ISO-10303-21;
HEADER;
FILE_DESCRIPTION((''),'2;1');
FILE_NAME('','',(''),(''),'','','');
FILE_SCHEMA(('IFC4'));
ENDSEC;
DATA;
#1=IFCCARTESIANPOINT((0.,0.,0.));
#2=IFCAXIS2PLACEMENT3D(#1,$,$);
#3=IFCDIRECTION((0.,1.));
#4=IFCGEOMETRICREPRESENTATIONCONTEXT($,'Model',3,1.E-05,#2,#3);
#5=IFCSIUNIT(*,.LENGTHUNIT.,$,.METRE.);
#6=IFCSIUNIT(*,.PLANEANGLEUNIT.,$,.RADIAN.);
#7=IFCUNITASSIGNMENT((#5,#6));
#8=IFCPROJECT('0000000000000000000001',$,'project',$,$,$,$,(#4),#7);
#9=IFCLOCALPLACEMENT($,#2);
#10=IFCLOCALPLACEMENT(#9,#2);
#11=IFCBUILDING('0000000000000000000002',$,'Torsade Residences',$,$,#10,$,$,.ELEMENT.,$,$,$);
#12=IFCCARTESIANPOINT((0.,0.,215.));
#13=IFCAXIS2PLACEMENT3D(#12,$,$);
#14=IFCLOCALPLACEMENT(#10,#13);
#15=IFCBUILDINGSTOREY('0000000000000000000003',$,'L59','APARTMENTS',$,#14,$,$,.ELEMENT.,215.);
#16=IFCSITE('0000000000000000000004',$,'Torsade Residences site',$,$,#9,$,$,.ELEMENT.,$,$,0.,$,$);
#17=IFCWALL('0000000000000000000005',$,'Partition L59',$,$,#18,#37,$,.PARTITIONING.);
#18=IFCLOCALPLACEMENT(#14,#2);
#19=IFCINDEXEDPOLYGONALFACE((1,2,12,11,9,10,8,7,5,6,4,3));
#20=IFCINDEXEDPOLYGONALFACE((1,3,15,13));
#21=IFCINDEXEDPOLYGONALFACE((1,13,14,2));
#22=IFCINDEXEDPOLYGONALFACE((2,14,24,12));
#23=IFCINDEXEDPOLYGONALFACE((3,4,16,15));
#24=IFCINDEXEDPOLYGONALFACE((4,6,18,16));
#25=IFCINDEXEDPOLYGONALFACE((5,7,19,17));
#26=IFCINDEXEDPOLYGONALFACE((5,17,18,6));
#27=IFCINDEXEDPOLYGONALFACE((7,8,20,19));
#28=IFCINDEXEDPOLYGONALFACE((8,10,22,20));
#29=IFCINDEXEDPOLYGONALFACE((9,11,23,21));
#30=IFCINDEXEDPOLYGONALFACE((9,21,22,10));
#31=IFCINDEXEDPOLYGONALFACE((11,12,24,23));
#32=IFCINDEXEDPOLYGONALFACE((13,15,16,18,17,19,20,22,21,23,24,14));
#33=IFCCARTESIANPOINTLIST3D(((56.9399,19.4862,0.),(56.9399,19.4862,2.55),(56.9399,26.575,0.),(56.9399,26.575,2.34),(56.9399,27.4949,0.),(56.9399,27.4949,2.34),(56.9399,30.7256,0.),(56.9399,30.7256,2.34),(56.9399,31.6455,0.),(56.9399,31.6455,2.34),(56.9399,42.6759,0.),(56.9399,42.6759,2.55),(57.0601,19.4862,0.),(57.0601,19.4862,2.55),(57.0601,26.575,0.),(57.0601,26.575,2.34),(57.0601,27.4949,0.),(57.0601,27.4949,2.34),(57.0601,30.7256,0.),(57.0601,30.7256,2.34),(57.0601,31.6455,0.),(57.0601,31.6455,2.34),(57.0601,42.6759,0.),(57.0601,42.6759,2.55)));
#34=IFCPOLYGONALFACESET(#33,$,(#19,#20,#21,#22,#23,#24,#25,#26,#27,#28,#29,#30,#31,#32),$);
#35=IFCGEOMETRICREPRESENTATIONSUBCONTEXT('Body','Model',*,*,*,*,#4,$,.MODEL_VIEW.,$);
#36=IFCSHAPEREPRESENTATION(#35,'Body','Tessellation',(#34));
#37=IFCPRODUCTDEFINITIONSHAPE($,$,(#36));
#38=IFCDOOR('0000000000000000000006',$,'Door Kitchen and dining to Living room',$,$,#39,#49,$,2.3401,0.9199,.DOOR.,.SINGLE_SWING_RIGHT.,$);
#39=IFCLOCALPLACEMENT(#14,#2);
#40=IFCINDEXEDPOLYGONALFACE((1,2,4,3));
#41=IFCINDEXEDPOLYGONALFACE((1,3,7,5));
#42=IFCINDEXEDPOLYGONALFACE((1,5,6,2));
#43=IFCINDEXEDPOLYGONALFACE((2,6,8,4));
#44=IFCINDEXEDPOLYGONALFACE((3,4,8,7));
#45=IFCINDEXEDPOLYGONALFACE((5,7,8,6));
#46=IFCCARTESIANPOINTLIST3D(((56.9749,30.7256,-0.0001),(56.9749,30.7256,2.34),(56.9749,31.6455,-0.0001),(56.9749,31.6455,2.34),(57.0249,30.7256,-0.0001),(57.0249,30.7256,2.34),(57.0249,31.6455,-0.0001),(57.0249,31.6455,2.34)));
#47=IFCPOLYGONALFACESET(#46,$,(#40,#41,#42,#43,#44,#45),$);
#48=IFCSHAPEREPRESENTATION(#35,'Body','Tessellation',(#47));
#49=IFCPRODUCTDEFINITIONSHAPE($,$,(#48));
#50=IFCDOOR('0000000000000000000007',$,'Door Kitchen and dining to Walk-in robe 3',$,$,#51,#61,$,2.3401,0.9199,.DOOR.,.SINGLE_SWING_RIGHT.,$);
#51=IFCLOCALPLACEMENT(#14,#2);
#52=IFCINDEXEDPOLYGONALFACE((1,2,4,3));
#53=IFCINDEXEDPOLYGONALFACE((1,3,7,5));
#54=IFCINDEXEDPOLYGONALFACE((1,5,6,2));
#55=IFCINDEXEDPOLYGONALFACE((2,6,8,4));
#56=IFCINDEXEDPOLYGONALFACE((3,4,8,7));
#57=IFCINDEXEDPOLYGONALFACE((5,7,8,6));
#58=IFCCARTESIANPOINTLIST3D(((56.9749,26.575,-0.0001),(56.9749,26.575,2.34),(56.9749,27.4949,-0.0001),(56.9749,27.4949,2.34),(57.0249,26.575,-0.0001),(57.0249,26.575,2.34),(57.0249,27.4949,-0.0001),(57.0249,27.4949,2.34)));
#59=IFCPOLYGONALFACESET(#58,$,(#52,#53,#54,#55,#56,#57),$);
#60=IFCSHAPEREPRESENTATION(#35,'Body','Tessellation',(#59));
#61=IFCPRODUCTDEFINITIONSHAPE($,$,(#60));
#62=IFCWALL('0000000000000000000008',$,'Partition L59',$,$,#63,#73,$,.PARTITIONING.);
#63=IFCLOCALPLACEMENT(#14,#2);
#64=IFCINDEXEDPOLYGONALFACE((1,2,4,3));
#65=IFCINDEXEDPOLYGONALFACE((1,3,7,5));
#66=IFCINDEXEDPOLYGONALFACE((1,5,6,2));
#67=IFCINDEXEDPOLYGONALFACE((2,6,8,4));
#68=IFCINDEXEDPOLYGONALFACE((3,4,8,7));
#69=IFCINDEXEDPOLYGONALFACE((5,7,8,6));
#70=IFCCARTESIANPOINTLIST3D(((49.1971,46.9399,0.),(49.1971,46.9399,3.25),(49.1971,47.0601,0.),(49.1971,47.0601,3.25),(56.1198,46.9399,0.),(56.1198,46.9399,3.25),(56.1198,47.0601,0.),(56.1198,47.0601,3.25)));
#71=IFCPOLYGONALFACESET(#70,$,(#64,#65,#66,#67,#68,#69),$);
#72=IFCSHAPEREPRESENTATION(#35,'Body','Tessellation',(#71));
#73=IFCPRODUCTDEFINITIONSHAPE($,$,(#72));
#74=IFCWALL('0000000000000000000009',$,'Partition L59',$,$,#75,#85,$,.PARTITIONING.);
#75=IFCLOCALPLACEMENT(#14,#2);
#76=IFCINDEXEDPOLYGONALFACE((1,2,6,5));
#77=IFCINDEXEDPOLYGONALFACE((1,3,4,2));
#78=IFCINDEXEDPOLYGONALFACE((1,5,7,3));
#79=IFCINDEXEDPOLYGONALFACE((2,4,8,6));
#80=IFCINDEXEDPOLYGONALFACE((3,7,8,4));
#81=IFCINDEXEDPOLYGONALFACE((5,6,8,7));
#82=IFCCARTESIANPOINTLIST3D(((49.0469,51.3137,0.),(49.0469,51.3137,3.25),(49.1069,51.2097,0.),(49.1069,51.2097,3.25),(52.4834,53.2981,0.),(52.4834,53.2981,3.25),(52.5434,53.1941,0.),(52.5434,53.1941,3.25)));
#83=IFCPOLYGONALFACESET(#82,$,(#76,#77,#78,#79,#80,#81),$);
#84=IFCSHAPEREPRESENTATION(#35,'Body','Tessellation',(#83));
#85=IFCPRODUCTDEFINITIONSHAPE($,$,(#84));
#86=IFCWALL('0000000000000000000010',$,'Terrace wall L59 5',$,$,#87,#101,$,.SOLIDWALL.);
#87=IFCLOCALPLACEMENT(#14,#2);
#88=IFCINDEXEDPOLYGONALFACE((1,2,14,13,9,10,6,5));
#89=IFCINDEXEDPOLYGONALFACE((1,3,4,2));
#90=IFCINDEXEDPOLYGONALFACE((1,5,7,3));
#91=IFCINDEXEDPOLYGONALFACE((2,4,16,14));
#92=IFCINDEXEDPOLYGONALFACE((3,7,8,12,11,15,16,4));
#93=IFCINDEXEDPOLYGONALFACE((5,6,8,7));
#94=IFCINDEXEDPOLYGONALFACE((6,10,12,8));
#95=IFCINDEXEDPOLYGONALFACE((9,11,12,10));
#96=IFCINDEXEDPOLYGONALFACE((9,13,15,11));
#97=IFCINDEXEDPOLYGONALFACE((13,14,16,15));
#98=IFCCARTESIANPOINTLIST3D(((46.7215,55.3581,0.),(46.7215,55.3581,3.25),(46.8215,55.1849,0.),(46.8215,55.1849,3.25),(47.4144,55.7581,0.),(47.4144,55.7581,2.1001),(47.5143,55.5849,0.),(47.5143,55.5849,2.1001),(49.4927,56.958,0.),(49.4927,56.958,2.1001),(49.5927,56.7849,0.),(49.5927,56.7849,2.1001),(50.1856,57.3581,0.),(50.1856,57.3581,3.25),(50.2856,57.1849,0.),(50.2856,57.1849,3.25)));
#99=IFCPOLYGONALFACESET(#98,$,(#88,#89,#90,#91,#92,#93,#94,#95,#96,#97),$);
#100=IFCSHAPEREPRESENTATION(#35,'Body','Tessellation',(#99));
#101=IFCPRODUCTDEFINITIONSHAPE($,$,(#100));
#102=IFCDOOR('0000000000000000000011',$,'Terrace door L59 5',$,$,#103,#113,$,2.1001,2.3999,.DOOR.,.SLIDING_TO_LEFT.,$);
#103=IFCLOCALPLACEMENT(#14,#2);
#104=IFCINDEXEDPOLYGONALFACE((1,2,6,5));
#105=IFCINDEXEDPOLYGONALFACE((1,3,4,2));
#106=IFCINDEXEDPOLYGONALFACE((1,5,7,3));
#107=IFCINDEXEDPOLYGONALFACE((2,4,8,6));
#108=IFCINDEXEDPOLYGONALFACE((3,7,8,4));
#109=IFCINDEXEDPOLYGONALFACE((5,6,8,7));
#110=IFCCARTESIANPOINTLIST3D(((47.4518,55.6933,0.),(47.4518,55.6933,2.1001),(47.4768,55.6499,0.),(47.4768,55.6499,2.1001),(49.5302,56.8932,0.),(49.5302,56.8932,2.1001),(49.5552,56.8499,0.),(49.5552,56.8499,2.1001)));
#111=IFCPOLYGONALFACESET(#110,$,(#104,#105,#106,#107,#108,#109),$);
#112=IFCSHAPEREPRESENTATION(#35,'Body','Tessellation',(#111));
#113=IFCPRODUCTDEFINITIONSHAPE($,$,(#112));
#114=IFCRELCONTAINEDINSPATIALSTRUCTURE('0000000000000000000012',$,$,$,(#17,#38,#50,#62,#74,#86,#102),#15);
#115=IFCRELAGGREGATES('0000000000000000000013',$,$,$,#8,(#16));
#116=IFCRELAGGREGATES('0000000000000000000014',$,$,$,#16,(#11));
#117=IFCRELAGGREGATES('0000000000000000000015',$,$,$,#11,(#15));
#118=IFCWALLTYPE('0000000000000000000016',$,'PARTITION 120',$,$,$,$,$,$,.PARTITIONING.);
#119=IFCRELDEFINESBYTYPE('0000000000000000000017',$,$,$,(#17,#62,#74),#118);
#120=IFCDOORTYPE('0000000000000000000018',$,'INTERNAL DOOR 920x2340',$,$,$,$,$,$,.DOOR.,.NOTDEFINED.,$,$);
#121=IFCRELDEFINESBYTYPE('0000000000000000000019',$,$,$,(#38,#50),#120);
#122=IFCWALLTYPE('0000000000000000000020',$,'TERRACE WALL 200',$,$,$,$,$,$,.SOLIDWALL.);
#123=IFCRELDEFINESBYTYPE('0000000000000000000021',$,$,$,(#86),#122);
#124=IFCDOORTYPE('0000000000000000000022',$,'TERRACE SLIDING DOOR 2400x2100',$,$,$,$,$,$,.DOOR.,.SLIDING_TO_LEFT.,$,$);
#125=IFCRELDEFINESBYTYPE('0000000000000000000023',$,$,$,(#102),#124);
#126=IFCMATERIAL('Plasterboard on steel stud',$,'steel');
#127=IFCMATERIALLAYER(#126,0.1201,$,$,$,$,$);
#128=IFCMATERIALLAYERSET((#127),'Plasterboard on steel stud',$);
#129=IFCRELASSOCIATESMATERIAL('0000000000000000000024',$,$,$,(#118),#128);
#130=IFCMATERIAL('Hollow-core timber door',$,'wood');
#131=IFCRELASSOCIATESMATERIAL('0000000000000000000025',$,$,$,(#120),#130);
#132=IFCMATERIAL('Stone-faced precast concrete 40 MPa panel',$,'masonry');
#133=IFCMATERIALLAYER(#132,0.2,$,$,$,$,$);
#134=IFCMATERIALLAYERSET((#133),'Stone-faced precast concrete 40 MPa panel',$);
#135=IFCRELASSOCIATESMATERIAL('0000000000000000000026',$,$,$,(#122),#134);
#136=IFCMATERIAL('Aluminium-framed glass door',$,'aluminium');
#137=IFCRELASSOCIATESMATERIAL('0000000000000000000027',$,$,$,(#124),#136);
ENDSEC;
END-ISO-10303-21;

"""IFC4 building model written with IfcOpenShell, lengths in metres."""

from ifc_helpers import new_model, si_unit, direction, frame, frame_2d, origin, place, context, subcontext, project, spatial, rectangle, extrude, material, layer, layer_set, type_object, element, fill, save


model = new_model("IFC4")

# Units and contexts
model_context = context("Model", 3, precision=1e-05, world=origin(), true_north=direction((0.0, 1.0)))
body_context = subcontext(model_context, "Body", "Model", "MODEL_VIEW")
ifc_project = project(units=[si_unit("LENGTHUNIT", "METRE"), si_unit("PLANEANGLEUNIT", "RADIAN")], contexts=[model_context])

# Site, building, storey
site_placement = place(None, origin())
site = spatial("IfcSite", under=ifc_project, at=site_placement, Name="Torsade Residences site", CompositionType="ELEMENT", RefElevation=0.0)
building_placement = place(site_placement, origin())
building = spatial("IfcBuilding", under=site, at=building_placement, Name="Torsade Residences", CompositionType="ELEMENT")
storey_placement = place(building_placement, frame((0.0, 0.0, 215.0)))
storey = spatial("IfcBuildingStorey", under=building, at=storey_placement, Name="L59", Description="APARTMENTS", CompositionType="ELEMENT", Elevation=215.0)

# Wall, openings, doors
ifc_material_1 = material(Name="Plasterboard on steel stud", Category="steel")
ifc_layer_1 = layer(ifc_material_1, 0.1201)
ifc_layer_set_1 = layer_set([ifc_layer_1], Name="Plasterboard on steel stud")
wall_type_1 = type_object("IfcWallType", Name="PARTITION 120", PredefinedType="PARTITIONING", material=ifc_layer_set_1)
wall_1_placement = place(storey_placement, frame((57.0, 42.6758, 0.0), z_axis=(0.0, 0.0, 1.0), x_axis=(0.0, -1.0, 0.0)))
wall_1 = element("IfcWall", 1, at=wall_1_placement, inside=storey, type_object=wall_type_1, Name="Partition L59", PredefinedType="PARTITIONING", context=body_context, shape_type="SweptSolid", body=[
    extrude(rectangle(XDim=23.1897, YDim=0.1201, at=frame_2d((11.5947, 0.0))), origin(), (0.0, 0.0, 1.0), 2.55),
])
opening_1_placement = place(wall_1_placement, frame((11.0303, 0.0, 0.0)))
opening_1 = element("IfcOpeningElement", 2, at=opening_1_placement, cuts=wall_1, PredefinedType="OPENING", context=body_context, shape_type="SweptSolid", body=[
    extrude(rectangle(XDim=0.9199, YDim=2.3401, at=frame_2d((0.46, 1.1699))), frame((0.0, 0.0701, 0.0), z_axis=(0.0, -1.0, 0.0), x_axis=(1.0, 0.0, 0.0)), (0.0, 0.0, 1.0), 0.1401),
])
opening_2_placement = place(wall_1_placement, frame((15.1809, 0.0, 0.0)))
opening_2 = element("IfcOpeningElement", 3, at=opening_2_placement, cuts=wall_1, PredefinedType="OPENING", context=body_context, shape_type="SweptSolid", body=[
    extrude(rectangle(XDim=0.9199, YDim=2.3401, at=frame_2d((0.46, 1.1699))), frame((0.0, 0.0701, 0.0), z_axis=(0.0, -1.0, 0.0), x_axis=(1.0, 0.0, 0.0)), (0.0, 0.0, 1.0), 0.1401),
])
ifc_material_2 = material(Name="Hollow-core timber door", Category="wood")
door_type_1 = type_object("IfcDoorType", Name="INTERNAL DOOR 920x2340", OperationType="NOTDEFINED", PredefinedType="DOOR", material=ifc_material_2)
door_1_placement = place(opening_1_placement, origin())
door_1 = element("IfcDoor", 4, at=door_1_placement, inside=storey, type_object=door_type_1, Name="Door Kitchen and dining to Living room", OperationType="SINGLE_SWING_RIGHT", OverallHeight=2.3401, OverallWidth=0.9199, PredefinedType="DOOR", context=body_context, shape_type="SweptSolid", body=[
    extrude(rectangle(XDim=0.9199, YDim=2.3401, at=frame_2d((0.46, 1.1699))), frame((0.0, 0.0249, 0.0), z_axis=(0.0, -1.0, 0.0), x_axis=(1.0, 0.0, 0.0)), (0.0, 0.0, 1.0), 0.05),
])
fill(opening_1, door_1)
door_2_placement = place(opening_2_placement, origin())
door_2 = element("IfcDoor", 5, at=door_2_placement, inside=storey, type_object=door_type_1, Name="Door Kitchen and dining to Walk-in robe 3", OperationType="SINGLE_SWING_RIGHT", OverallHeight=2.3401, OverallWidth=0.9199, PredefinedType="DOOR", context=body_context, shape_type="SweptSolid", body=[
    extrude(rectangle(XDim=0.9199, YDim=2.3401, at=frame_2d((0.46, 1.1699))), frame((0.0, 0.0249, 0.0), z_axis=(0.0, -1.0, 0.0), x_axis=(1.0, 0.0, 0.0)), (0.0, 0.0, 1.0), 0.05),
])
fill(opening_2, door_2)

# Walls
wall_2_placement = place(storey_placement, frame((49.197, 47.0, 0.0), z_axis=(0.0, 0.0, 1.0), x_axis=(1.0, 0.0, 0.0)))
element("IfcWall", 6, at=wall_2_placement, inside=storey, type_object=wall_type_1, Name="Partition L59", PredefinedType="PARTITIONING", context=body_context, shape_type="SweptSolid", body=[
    extrude(rectangle(XDim=6.9226, YDim=0.1201, at=frame_2d((3.4614, 0.0))), origin(), (0.0, 0.0, 1.0), 3.25),
])
wall_3_placement = place(storey_placement, frame((49.0769, 51.2617, 0.0), z_axis=(0.0, 0.0, 1.0), x_axis=(0.865993, 0.500056, 0.0)))
element("IfcWall", 7, at=wall_3_placement, inside=storey, type_object=wall_type_1, Name="Partition L59", PredefinedType="PARTITIONING", context=body_context, shape_type="SweptSolid", body=[
    extrude(rectangle(XDim=3.9683, YDim=0.1201, at=frame_2d((1.9841, 0.0))), origin(), (0.0, 0.0, 1.0), 3.25),
])

# Wall, opening, door
ifc_material_3 = material(Name="Stone-faced precast concrete 40 MPa panel", Category="masonry")
ifc_layer_2 = layer(ifc_material_3, 0.2)
ifc_layer_set_2 = layer_set([ifc_layer_2], Name="Stone-faced precast concrete 40 MPa panel")
wall_type_2 = type_object("IfcWallType", Name="TERRACE WALL 200", PredefinedType="SOLIDWALL", material=ifc_layer_set_2)
wall_4_placement = place(storey_placement, frame((50.2356, 57.2715, 0.0), z_axis=(0.0, 0.0, 1.0), x_axis=(-0.866026, -0.499999, 0.0)))
wall_4 = element("IfcWall", 8, at=wall_4_placement, inside=storey, type_object=wall_type_2, Name="Terrace wall L59 5", PredefinedType="SOLIDWALL", context=body_context, shape_type="SweptSolid", body=[
    extrude(rectangle(XDim=4.0, YDim=0.2, at=frame_2d((2.0, 0.0))), origin(), (0.0, 0.0, 1.0), 3.25),
])
opening_3_placement = place(wall_4_placement, frame((0.8, 0.0, 0.0)))
opening_3 = element("IfcOpeningElement", 9, at=opening_3_placement, cuts=wall_4, PredefinedType="OPENING", context=body_context, shape_type="SweptSolid", body=[
    extrude(rectangle(XDim=2.3999, YDim=2.1001, at=frame_2d((1.2, 1.05))), frame((0.0, 0.1099, 0.0), z_axis=(0.0, -1.0, 0.0), x_axis=(1.0, 0.0, 0.0)), (0.0, 0.0, 1.0), 0.22),
])
ifc_material_4 = material(Name="Aluminium-framed glass door", Category="aluminium")
door_type_2 = type_object("IfcDoorType", Name="TERRACE SLIDING DOOR 2400x2100", OperationType="SLIDING_TO_LEFT", PredefinedType="DOOR", material=ifc_material_4)
door_3_placement = place(opening_3_placement, origin())
door_3 = element("IfcDoor", 10, at=door_3_placement, inside=storey, type_object=door_type_2, Name="Terrace door L59 5", OperationType="SLIDING_TO_LEFT", OverallHeight=2.1001, OverallWidth=2.3999, PredefinedType="DOOR", context=body_context, shape_type="SweptSolid", body=[
    extrude(rectangle(XDim=2.3999, YDim=2.1001, at=frame_2d((1.2, 1.05))), frame((0.0, 0.0249, 0.0), z_axis=(0.0, -1.0, 0.0), x_axis=(1.0, 0.0, 0.0)), (0.0, 0.0, 1.0), 0.05),
])
fill(opening_3, door_3)

save(model, "model.ifc")
